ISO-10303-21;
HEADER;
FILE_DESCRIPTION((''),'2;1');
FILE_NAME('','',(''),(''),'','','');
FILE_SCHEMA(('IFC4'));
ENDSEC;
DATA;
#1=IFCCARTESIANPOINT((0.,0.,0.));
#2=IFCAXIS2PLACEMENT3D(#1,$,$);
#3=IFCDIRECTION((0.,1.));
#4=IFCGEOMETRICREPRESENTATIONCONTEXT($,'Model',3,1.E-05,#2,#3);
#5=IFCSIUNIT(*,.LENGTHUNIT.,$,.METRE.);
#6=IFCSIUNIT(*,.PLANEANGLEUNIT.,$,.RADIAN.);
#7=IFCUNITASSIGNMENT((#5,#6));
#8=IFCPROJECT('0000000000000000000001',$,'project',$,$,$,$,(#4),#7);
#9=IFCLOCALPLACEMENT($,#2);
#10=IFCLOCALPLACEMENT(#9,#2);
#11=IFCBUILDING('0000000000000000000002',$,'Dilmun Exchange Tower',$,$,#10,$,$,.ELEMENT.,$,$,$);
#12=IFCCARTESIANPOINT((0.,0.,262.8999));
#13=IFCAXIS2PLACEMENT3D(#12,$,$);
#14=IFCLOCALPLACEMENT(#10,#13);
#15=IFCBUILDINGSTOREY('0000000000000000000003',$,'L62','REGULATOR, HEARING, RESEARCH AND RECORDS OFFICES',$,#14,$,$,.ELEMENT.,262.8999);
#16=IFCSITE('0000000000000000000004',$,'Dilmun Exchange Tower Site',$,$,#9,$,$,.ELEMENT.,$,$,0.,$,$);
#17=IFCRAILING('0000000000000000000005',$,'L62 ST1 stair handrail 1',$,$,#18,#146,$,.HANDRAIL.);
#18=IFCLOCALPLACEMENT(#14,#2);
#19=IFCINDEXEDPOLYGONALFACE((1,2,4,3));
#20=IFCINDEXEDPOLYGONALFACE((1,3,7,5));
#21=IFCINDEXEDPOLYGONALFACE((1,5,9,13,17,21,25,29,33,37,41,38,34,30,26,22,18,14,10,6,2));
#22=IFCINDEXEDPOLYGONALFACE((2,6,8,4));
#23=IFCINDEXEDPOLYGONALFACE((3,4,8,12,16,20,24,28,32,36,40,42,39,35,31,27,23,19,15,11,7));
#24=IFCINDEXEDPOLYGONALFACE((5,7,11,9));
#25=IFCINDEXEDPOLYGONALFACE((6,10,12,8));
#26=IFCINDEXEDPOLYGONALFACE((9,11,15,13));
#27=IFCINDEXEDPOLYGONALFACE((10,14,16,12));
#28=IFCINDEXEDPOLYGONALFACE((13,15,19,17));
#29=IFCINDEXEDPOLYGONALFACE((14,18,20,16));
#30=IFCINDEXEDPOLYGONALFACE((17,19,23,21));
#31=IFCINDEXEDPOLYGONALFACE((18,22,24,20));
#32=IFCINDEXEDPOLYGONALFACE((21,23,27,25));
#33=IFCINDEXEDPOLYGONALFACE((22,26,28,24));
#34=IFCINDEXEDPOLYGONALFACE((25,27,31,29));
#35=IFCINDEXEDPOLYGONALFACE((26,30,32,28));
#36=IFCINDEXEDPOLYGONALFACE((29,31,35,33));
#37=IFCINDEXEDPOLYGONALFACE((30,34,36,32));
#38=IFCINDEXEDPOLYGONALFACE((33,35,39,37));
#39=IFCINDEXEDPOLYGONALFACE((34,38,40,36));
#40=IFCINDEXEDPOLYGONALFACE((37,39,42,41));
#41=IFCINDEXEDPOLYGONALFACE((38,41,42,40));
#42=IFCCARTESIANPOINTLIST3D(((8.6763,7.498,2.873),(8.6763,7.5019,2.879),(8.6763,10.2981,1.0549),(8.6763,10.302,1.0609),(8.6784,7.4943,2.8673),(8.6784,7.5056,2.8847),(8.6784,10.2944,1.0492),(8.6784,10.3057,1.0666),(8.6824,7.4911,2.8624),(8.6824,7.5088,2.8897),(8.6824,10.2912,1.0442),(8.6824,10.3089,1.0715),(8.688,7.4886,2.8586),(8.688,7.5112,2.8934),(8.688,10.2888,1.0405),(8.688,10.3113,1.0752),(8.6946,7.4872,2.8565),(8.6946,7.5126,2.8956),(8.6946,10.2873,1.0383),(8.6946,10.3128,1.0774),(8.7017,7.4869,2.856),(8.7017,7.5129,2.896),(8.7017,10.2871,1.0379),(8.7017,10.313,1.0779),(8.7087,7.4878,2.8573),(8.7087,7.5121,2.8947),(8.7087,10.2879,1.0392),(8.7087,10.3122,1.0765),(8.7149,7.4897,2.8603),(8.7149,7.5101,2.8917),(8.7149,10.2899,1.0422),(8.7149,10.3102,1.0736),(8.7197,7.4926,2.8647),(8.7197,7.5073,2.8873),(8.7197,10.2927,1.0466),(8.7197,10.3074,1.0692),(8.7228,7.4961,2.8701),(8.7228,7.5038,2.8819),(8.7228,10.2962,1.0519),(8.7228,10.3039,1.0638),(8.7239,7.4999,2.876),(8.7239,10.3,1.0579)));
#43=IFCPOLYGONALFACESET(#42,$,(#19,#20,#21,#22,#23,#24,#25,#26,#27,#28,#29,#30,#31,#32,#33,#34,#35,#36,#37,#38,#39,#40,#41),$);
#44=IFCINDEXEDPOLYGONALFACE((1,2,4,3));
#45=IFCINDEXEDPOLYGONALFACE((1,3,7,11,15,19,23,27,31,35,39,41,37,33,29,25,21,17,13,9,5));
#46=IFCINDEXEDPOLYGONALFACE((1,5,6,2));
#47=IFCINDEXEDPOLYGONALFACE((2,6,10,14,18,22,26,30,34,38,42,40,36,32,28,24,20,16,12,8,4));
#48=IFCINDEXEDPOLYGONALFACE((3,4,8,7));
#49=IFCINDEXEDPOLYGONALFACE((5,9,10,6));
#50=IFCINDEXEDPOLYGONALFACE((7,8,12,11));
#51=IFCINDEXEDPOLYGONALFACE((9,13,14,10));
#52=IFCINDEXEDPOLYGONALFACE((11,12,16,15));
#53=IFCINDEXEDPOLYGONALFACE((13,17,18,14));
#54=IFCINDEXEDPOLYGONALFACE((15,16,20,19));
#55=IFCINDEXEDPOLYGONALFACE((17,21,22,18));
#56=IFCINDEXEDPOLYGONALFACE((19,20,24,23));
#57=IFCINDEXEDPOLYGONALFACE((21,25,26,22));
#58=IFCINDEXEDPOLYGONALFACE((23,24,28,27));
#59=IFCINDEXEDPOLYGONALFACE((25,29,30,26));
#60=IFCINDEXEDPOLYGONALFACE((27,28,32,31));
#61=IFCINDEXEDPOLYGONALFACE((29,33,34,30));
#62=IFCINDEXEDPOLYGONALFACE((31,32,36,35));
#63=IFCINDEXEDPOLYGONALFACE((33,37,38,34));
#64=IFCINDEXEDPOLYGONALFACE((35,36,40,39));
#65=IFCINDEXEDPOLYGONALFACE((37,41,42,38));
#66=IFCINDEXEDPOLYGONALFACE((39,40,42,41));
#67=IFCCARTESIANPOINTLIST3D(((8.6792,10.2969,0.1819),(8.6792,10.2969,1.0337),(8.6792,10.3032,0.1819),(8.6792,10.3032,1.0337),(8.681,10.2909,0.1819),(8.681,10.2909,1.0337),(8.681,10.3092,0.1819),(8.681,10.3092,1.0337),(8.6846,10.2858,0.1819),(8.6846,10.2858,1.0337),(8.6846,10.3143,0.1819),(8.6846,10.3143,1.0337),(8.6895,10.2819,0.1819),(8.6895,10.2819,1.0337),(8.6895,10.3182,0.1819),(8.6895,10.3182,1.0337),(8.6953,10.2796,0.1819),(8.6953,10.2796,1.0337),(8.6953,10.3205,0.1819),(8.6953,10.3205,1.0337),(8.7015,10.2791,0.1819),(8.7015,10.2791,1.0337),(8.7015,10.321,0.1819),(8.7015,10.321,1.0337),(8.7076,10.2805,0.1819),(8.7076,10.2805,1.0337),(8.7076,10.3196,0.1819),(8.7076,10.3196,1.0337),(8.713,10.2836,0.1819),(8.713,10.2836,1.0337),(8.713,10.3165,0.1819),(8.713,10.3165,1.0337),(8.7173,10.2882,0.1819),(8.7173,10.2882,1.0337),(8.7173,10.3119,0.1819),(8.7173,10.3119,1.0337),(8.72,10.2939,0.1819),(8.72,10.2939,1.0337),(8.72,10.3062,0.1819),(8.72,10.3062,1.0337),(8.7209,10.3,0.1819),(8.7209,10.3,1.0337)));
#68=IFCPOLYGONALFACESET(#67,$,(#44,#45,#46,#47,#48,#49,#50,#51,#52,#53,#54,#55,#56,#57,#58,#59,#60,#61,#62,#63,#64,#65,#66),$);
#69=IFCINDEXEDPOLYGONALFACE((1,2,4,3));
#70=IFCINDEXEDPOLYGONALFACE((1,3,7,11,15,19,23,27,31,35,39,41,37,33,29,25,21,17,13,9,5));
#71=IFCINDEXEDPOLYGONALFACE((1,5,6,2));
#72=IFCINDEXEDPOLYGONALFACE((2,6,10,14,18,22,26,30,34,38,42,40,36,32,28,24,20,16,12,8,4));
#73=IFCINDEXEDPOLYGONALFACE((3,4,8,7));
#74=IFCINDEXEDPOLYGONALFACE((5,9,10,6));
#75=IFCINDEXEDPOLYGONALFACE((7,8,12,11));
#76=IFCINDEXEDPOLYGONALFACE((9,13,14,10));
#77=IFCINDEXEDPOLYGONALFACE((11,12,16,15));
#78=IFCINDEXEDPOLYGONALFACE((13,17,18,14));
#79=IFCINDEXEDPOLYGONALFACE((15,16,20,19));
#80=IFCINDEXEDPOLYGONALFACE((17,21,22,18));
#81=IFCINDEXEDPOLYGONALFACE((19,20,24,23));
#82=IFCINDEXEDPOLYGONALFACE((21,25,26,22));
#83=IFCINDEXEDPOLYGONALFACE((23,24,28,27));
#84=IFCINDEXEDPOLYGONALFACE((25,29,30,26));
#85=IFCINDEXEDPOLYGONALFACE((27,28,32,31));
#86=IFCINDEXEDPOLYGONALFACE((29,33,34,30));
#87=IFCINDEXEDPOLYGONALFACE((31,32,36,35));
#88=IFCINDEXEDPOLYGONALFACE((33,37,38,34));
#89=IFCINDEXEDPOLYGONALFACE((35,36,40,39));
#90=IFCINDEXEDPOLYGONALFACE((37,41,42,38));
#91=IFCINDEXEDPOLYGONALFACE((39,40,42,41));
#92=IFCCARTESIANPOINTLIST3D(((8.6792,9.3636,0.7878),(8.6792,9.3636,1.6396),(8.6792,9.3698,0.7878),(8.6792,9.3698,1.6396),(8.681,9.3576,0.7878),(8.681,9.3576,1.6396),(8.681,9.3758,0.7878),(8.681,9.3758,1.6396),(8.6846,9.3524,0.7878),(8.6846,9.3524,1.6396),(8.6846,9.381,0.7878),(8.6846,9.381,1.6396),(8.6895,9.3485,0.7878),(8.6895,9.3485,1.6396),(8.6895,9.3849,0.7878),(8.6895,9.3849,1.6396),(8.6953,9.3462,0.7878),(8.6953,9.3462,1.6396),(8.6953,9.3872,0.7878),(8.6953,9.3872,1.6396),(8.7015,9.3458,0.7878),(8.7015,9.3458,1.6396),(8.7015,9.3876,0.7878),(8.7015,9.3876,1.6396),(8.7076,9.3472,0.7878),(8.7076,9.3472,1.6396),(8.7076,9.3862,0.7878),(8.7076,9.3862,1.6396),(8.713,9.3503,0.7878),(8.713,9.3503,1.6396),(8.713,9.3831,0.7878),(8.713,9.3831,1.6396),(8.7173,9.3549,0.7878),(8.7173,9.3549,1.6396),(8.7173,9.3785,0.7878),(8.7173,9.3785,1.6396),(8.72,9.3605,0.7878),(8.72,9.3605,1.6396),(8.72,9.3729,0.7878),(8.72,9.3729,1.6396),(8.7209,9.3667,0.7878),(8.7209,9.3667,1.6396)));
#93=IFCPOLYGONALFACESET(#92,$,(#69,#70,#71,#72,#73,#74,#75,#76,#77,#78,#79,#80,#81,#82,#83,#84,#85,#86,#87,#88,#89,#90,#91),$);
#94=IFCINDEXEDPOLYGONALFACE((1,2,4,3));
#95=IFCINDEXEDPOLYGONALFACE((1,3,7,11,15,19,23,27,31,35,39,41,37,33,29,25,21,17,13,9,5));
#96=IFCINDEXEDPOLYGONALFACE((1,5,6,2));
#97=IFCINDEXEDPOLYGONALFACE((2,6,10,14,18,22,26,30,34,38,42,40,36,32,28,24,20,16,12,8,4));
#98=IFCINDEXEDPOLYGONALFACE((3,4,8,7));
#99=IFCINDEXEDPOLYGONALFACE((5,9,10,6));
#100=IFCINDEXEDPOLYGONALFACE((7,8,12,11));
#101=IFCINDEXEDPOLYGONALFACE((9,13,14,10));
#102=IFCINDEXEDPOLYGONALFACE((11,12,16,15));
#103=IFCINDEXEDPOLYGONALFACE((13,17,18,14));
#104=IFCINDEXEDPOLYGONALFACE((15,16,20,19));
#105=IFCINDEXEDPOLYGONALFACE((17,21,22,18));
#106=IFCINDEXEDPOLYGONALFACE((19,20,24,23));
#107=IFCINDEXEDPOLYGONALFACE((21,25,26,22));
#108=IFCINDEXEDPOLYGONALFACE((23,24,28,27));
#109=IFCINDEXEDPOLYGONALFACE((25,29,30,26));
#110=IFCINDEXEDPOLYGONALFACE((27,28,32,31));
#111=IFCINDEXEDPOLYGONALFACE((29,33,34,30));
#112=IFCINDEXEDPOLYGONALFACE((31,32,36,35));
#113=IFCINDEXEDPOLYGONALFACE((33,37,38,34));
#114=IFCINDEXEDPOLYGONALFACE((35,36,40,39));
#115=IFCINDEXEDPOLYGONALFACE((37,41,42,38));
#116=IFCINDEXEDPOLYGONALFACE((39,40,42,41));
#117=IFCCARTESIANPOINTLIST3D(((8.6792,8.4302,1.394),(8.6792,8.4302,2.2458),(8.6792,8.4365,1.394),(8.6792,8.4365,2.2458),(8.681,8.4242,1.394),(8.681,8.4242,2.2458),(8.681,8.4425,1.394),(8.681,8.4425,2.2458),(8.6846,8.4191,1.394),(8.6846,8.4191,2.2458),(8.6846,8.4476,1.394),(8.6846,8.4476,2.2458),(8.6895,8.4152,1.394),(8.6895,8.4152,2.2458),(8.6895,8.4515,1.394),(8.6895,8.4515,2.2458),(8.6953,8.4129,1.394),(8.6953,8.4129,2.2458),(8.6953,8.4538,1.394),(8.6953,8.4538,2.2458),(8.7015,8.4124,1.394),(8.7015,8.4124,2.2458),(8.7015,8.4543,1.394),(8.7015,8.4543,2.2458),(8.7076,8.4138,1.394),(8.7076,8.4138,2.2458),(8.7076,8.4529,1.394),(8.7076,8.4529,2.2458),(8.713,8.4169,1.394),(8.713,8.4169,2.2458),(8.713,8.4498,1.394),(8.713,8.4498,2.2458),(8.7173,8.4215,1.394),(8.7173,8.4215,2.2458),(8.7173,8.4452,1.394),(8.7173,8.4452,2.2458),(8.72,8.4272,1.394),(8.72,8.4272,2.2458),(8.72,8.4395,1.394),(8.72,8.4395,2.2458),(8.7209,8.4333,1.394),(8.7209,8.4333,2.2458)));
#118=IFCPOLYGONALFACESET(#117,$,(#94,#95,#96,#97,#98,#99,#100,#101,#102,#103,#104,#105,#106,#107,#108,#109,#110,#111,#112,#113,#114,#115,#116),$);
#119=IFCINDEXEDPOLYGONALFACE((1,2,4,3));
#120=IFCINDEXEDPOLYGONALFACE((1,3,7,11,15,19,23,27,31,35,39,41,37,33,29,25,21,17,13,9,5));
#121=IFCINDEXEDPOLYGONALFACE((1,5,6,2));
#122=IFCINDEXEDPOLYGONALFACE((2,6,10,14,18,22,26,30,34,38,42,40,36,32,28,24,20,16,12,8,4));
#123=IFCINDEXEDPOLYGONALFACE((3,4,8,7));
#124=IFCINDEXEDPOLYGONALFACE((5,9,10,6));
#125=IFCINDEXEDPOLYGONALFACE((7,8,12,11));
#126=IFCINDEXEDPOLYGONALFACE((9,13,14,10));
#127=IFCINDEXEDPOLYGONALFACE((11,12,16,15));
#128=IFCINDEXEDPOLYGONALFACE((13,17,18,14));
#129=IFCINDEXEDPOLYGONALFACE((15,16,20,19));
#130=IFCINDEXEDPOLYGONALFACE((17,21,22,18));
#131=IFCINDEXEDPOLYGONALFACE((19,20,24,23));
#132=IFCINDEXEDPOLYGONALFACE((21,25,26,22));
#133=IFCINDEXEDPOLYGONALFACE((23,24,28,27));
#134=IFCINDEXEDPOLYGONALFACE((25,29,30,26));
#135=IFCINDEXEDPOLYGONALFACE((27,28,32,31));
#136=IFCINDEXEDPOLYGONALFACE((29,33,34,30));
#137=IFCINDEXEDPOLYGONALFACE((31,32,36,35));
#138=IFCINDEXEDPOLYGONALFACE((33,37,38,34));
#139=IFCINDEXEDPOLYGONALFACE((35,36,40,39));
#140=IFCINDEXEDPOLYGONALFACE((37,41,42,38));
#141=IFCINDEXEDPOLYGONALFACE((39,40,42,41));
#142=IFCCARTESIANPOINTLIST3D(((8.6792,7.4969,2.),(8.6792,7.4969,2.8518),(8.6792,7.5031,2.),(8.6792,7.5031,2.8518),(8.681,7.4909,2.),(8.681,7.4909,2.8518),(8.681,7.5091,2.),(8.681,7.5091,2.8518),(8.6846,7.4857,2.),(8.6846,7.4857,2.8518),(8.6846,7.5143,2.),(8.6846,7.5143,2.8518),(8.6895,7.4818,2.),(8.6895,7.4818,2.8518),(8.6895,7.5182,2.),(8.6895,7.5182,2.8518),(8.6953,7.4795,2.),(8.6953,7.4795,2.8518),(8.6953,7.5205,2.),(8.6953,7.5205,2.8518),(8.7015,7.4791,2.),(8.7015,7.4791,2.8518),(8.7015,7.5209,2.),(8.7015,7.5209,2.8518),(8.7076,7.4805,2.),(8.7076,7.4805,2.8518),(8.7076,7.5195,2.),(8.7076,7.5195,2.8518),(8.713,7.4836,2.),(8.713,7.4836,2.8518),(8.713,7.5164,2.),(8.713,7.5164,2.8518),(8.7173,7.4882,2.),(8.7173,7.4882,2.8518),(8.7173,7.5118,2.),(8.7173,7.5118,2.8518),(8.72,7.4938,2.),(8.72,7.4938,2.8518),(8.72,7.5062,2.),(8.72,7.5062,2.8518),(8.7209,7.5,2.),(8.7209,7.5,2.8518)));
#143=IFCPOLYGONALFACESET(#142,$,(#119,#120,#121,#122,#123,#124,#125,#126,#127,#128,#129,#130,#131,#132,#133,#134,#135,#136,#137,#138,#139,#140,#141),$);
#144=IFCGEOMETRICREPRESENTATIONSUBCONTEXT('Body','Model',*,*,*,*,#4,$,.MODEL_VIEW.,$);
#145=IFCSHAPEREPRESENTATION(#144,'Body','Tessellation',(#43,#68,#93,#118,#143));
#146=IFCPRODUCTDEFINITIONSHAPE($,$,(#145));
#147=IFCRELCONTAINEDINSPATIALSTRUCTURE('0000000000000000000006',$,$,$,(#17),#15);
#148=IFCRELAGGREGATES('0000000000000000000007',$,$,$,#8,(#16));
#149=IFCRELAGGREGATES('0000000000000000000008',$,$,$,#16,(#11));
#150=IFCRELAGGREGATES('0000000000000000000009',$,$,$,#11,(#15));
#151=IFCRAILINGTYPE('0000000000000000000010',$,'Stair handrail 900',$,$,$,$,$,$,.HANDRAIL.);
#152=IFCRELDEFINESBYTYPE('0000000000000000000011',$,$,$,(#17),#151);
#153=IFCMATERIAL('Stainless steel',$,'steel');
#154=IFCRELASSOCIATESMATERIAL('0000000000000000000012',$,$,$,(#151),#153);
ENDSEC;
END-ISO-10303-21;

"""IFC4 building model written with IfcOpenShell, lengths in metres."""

from ifc_helpers import new_model, si_unit, direction, frame, origin, origin_2d, place, context, subcontext, project, spatial, circle, extrude, material, type_object, element, save


model = new_model("IFC4")

# Units and contexts
model_context = context("Model", 3, precision=1e-05, world=origin(), true_north=direction((0.0, 1.0)))
body_context = subcontext(model_context, "Body", "Model", "MODEL_VIEW")
ifc_project = project(units=[si_unit("LENGTHUNIT", "METRE"), si_unit("PLANEANGLEUNIT", "RADIAN")], contexts=[model_context])

# Site, building, storey
site_placement = place(None, origin())
site = spatial("IfcSite", under=ifc_project, at=site_placement, Name="Dilmun Exchange Tower Site", CompositionType="ELEMENT", RefElevation=0.0)
building_placement = place(site_placement, origin())
building = spatial("IfcBuilding", under=site, at=building_placement, Name="Dilmun Exchange Tower", CompositionType="ELEMENT")
storey_placement = place(building_placement, frame((0.0, 0.0, 262.8999)))
storey = spatial("IfcBuildingStorey", under=building, at=storey_placement, Name="L62", Description="REGULATOR, HEARING, RESEARCH AND RECORDS OFFICES", CompositionType="ELEMENT", Elevation=262.8999)

# Railing
ifc_material_1 = material(Name="Stainless steel", Category="steel")
railing_type = type_object("IfcRailingType", Name="Stair handrail 900", PredefinedType="HANDRAIL", material=ifc_material_1)
railing_placement = place(storey_placement, frame((8.7, 10.3, 0.1819)))
element("IfcRailing", 1, at=railing_placement, inside=storey, type_object=railing_type, Name="L62 ST1 stair handrail 1", PredefinedType="HANDRAIL", context=body_context, shape_type="SweptSolid", body=[
    extrude(circle(Radius=0.0239, at=origin_2d()), frame((0.0, 0.0, 0.876), z_axis=(0.0, -0.838706, 0.544585), x_axis=(1.0, 0.0, 0.0)), (0.0, 0.0, 1.0), 3.3386),
    extrude(circle(Radius=0.021, at=origin_2d()), origin(), (0.0, 0.0, 1.0), 0.8518),
    extrude(circle(Radius=0.021, at=origin_2d()), frame((0.0, -0.9333, 0.606)), (0.0, 0.0, 1.0), 0.8518),
    extrude(circle(Radius=0.021, at=origin_2d()), frame((0.0, -1.8667, 1.2122)), (0.0, 0.0, 1.0), 0.8518),
    extrude(circle(Radius=0.021, at=origin_2d()), frame((0.0, -2.8, 1.8181)), (0.0, 0.0, 1.0), 0.8518),
])

save(model, "model.ifc")
